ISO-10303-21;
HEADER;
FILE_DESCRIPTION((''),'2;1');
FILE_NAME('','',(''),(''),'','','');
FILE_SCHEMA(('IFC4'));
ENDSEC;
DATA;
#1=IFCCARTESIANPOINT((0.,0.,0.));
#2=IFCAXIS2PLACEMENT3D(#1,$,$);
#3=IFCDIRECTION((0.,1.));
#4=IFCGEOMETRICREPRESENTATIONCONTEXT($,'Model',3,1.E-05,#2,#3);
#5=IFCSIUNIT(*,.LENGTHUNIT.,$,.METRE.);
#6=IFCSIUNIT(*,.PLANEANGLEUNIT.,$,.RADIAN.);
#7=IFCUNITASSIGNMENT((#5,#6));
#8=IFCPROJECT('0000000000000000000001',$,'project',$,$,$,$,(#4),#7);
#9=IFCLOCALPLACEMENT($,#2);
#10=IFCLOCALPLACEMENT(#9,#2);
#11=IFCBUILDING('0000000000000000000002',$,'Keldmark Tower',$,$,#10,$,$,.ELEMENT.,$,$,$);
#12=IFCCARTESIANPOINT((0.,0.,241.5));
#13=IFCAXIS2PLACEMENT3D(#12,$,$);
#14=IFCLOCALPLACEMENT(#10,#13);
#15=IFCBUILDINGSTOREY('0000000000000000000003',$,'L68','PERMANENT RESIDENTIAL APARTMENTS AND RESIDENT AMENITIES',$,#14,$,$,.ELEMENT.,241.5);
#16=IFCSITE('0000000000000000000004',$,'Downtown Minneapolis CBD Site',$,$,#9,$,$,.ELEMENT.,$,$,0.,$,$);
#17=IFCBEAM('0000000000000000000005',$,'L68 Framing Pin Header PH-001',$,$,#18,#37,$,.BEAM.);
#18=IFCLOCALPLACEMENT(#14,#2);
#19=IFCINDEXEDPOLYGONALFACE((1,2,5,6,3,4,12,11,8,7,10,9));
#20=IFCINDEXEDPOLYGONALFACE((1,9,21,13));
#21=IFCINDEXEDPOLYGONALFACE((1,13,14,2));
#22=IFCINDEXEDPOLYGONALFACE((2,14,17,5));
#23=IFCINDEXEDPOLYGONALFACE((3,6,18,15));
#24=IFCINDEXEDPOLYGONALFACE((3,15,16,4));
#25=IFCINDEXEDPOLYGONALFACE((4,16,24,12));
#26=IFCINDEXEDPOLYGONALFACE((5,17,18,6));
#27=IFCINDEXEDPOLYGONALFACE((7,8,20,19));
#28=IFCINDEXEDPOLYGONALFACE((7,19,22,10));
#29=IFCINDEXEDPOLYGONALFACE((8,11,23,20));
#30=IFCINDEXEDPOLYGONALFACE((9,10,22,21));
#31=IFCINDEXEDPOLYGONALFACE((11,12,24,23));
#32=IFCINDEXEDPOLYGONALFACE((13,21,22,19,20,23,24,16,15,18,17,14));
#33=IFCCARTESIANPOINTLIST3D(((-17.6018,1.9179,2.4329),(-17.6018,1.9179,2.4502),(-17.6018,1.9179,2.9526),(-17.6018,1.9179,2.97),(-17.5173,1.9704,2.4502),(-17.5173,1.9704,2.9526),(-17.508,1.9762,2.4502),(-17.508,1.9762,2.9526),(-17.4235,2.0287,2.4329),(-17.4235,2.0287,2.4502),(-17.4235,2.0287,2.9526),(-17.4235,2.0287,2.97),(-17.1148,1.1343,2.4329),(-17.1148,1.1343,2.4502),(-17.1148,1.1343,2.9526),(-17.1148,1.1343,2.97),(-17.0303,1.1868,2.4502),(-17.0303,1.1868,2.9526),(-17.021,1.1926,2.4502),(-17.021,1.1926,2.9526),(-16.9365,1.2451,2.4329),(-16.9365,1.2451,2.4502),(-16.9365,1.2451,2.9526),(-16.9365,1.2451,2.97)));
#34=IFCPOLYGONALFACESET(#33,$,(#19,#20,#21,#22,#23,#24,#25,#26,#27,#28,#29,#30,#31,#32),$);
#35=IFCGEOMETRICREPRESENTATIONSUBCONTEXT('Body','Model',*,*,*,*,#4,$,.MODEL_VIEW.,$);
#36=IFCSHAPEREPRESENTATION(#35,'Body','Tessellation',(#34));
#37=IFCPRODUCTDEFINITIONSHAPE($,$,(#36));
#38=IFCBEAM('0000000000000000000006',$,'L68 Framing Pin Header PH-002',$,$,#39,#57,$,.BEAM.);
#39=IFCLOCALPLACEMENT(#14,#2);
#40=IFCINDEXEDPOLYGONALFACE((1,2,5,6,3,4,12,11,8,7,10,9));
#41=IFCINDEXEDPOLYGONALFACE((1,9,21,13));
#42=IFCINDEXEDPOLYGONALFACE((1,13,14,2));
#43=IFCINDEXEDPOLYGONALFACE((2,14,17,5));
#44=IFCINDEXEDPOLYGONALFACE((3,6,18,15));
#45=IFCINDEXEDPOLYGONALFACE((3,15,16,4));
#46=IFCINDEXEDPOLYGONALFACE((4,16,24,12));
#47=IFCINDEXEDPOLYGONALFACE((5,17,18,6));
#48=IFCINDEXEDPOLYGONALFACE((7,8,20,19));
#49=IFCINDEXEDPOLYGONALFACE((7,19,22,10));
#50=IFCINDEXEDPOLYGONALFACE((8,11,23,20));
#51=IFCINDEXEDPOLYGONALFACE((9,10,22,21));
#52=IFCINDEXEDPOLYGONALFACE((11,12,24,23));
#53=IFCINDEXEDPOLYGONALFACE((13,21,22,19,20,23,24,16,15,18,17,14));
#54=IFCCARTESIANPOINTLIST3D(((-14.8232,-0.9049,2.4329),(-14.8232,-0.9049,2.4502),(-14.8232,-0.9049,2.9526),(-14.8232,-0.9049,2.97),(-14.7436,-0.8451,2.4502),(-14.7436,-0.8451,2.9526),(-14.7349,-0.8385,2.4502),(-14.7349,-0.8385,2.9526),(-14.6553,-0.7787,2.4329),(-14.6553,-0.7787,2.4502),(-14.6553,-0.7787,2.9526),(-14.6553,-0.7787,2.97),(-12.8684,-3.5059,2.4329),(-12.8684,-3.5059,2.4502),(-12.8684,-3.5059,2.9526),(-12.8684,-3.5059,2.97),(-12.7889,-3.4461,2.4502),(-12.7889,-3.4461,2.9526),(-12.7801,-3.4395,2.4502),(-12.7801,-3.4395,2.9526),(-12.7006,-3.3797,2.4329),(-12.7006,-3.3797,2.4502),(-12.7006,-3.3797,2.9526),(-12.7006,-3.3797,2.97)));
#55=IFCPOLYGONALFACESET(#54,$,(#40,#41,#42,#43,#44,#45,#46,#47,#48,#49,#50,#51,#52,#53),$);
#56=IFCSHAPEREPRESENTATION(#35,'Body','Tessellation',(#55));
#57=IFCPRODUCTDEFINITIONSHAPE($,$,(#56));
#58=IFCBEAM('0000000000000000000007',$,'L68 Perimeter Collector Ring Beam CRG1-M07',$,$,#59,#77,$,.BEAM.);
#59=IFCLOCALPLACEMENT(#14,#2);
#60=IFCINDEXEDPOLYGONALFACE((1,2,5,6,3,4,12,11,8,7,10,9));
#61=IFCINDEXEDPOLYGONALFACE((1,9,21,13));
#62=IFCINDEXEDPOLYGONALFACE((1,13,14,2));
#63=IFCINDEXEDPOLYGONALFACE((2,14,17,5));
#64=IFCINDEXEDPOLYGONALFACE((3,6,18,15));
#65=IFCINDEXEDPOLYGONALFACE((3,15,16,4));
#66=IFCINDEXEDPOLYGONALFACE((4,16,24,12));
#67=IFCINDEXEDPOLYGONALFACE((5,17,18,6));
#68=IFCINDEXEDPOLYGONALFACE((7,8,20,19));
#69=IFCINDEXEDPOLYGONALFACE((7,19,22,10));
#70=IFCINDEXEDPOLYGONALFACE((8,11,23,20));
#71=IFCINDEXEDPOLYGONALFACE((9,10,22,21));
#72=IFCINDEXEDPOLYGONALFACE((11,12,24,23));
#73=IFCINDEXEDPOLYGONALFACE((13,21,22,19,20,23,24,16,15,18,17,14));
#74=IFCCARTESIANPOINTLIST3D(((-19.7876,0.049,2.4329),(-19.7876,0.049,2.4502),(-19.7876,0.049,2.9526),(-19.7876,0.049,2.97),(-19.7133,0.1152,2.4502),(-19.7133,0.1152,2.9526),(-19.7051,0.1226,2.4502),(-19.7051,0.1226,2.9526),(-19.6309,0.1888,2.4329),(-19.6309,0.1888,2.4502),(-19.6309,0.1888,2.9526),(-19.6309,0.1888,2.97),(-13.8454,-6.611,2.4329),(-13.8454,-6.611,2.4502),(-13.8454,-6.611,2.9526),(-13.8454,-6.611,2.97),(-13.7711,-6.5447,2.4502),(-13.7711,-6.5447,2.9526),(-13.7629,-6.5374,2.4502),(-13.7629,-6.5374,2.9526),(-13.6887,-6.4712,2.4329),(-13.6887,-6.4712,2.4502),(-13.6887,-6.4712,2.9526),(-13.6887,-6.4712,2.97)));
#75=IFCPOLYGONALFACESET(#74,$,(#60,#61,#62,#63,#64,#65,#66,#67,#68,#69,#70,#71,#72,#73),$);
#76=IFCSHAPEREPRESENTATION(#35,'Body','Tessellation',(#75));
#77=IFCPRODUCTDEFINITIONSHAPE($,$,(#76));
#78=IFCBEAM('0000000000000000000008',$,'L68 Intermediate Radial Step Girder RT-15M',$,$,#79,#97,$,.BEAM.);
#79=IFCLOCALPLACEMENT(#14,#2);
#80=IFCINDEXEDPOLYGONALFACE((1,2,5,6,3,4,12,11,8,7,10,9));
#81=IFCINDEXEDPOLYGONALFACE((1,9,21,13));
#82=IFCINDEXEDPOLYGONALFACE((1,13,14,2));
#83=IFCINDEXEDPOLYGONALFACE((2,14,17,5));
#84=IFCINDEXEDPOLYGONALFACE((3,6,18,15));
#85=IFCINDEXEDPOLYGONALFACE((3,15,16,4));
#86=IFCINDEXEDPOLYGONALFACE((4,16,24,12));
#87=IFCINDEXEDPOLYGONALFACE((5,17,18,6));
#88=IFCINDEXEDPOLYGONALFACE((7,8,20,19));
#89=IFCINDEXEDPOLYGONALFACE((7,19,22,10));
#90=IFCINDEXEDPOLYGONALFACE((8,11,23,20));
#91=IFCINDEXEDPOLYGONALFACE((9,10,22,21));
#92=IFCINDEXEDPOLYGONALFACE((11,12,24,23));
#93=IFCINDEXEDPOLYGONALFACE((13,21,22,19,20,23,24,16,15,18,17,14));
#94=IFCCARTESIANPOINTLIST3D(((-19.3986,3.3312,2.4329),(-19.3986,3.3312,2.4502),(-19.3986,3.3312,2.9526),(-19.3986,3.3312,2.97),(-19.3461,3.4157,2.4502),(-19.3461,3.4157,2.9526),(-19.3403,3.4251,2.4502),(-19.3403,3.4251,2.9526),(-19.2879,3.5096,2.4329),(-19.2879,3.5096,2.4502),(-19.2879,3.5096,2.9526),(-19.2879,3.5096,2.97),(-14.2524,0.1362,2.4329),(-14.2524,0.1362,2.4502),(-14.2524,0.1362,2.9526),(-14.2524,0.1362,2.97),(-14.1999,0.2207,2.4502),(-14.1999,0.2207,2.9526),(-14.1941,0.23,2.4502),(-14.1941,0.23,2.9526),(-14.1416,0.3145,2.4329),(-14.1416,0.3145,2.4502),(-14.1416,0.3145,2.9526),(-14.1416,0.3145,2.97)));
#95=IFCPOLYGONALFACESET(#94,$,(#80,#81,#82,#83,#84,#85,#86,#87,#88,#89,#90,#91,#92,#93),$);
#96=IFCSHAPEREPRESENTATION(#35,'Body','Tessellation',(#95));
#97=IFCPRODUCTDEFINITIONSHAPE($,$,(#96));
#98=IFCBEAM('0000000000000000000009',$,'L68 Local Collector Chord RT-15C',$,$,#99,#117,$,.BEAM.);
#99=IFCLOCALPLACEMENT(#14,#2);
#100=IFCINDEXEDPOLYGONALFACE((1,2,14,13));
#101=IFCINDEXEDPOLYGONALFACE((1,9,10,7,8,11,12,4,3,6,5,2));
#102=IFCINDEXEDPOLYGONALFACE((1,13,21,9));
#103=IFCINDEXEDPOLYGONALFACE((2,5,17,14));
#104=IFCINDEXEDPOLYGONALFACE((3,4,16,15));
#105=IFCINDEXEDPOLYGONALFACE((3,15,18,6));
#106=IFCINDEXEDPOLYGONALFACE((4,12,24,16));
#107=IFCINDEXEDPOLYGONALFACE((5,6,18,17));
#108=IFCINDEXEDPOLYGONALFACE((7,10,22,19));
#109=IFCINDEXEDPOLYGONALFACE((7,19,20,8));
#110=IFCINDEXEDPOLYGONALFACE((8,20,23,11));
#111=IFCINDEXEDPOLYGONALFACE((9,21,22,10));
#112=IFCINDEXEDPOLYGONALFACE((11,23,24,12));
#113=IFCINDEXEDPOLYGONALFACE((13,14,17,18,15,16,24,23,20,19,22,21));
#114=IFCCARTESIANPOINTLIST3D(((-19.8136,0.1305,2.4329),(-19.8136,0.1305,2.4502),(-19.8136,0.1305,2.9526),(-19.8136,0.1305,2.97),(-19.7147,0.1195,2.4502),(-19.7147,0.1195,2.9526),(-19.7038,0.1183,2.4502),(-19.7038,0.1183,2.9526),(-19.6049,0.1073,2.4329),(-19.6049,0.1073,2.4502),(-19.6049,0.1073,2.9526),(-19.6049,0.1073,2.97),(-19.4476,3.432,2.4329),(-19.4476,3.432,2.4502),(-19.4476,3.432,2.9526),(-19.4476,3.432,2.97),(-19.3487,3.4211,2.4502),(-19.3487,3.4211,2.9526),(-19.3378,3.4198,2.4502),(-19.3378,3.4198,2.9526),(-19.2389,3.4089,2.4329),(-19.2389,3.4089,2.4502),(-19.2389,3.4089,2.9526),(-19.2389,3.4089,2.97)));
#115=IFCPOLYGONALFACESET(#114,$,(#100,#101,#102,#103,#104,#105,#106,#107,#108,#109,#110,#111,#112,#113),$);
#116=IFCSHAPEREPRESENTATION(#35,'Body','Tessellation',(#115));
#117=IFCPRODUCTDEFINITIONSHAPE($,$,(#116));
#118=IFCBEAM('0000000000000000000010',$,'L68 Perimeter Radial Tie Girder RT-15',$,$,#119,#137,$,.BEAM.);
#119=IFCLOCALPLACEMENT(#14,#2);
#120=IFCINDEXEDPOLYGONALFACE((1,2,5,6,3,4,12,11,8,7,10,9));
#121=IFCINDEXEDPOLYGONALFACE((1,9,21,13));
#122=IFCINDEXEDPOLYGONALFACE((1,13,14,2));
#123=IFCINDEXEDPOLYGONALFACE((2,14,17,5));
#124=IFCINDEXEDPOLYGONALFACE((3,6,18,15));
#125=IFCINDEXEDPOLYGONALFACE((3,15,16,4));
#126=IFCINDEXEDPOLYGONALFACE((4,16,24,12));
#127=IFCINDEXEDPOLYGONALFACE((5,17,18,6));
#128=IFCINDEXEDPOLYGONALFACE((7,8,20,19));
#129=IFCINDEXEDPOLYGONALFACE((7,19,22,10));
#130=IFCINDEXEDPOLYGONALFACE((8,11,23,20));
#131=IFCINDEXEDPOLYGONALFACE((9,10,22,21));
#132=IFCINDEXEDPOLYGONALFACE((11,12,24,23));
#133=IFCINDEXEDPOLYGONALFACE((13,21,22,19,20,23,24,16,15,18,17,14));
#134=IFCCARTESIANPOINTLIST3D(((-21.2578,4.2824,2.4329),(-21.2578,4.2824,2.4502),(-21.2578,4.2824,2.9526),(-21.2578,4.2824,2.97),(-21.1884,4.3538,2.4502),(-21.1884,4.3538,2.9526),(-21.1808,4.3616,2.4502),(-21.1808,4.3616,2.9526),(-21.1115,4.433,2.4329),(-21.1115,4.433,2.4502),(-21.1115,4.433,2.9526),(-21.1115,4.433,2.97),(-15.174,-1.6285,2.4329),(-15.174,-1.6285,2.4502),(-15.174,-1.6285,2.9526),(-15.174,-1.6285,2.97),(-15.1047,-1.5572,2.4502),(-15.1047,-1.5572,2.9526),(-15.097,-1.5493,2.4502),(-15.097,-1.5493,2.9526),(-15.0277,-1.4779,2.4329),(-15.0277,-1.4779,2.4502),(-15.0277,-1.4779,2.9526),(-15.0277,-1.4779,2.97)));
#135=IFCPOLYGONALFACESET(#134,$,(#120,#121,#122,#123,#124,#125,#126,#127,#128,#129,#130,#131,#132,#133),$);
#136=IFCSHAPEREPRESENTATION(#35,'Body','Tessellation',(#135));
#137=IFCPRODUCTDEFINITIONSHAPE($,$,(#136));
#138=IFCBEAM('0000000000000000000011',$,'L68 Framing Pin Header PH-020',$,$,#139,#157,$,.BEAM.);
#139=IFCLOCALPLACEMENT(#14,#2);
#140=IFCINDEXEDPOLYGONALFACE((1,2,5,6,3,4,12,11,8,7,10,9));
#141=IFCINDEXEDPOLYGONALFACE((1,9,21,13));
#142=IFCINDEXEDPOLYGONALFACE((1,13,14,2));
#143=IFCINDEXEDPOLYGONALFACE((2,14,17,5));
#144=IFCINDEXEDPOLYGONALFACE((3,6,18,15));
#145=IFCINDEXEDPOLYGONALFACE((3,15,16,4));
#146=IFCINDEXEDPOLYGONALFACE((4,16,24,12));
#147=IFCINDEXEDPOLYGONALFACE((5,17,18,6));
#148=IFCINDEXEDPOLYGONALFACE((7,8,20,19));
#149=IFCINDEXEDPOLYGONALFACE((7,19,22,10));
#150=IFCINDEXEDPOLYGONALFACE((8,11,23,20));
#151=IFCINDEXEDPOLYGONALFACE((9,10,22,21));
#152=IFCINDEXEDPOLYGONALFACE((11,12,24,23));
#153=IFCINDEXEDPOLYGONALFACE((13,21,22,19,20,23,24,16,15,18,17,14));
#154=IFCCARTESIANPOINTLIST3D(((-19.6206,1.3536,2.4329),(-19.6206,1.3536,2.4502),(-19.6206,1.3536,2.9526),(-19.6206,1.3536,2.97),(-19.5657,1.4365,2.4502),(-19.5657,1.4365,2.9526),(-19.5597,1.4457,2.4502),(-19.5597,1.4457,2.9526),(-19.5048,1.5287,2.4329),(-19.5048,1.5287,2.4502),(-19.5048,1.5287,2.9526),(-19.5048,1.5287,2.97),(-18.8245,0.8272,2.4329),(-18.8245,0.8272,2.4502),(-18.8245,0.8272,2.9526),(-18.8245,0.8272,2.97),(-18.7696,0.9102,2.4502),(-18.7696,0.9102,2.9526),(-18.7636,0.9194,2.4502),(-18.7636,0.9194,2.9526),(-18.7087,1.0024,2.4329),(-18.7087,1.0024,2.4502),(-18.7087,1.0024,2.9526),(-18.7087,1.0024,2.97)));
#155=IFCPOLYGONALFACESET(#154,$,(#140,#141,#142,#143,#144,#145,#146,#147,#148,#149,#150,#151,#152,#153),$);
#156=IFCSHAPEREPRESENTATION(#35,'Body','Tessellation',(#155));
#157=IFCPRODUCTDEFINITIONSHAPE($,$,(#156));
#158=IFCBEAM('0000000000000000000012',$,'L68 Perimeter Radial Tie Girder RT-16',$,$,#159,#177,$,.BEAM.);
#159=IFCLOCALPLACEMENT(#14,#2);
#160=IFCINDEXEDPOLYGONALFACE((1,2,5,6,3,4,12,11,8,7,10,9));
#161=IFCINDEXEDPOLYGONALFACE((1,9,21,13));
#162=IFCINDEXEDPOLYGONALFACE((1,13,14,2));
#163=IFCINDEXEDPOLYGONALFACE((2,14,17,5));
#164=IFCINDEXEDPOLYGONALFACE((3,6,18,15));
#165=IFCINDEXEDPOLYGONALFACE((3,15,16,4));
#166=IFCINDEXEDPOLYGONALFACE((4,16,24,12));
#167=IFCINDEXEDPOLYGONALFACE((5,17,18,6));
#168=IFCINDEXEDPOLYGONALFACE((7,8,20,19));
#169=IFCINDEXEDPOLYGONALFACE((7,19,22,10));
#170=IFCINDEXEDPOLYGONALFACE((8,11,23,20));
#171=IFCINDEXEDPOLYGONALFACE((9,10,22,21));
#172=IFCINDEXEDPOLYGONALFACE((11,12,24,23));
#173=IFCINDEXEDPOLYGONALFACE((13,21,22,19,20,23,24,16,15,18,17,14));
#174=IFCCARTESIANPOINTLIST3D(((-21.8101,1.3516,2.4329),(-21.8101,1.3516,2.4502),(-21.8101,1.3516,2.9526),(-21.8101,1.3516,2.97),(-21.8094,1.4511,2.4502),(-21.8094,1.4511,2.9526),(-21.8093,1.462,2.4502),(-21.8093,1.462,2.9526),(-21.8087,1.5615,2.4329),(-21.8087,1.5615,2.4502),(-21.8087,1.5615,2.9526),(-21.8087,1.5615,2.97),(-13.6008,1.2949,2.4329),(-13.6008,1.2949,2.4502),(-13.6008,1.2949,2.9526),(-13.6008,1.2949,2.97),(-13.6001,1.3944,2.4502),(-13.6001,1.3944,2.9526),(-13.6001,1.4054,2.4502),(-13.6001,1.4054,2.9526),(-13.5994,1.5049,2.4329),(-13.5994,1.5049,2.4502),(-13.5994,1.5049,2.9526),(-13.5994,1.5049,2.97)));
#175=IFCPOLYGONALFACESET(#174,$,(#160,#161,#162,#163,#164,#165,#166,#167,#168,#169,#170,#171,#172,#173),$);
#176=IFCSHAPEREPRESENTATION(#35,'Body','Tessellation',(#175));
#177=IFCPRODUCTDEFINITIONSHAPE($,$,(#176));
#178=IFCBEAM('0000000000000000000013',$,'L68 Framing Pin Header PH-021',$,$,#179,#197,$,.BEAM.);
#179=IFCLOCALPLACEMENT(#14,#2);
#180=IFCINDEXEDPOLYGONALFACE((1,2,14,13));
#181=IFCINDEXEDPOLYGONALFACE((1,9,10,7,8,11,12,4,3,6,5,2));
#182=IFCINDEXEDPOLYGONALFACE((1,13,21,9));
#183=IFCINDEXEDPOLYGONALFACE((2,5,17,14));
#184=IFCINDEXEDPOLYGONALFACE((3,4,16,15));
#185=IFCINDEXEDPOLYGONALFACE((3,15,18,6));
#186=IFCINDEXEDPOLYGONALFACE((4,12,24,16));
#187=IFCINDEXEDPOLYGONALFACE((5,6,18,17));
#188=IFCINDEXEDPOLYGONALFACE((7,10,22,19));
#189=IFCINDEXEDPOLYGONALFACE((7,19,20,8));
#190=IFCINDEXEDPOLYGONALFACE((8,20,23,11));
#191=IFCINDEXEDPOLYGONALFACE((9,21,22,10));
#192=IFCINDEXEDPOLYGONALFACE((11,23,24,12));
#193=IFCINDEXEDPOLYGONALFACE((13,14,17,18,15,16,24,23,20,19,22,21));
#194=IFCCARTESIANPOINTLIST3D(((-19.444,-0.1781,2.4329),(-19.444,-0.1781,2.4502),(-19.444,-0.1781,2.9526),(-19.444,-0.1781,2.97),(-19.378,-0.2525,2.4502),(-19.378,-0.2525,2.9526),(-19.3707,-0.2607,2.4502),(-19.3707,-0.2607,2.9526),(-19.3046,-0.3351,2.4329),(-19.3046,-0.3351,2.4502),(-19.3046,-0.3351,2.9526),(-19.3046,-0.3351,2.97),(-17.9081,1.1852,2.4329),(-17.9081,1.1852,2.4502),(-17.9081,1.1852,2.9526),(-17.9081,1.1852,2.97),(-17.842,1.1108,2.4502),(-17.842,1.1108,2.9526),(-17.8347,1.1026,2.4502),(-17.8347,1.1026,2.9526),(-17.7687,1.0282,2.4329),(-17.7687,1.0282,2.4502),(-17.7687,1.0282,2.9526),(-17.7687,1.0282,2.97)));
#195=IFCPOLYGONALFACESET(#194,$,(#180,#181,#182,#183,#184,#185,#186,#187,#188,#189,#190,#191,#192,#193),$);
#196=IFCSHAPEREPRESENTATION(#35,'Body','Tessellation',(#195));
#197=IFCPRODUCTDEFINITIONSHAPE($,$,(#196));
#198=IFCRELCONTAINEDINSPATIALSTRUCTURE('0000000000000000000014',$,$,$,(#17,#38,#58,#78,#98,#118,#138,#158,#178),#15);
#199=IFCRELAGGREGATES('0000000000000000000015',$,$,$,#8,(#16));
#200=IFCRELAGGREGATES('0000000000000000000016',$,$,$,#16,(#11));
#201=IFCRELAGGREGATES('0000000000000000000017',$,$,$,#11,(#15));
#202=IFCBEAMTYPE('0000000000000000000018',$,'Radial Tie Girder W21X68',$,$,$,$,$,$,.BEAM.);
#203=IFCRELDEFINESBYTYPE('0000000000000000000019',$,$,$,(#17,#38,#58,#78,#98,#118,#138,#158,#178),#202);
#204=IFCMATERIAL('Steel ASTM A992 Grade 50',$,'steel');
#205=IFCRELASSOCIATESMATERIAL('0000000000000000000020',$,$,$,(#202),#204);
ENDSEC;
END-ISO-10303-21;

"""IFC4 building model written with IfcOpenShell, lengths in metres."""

from ifc_helpers import new_model, si_unit, direction, frame, origin, origin_2d, place, context, subcontext, project, spatial, i_section, extrude, material, material_profile, profile_set, type_object, element, save


model = new_model("IFC4")

# Units and contexts
model_context = context("Model", 3, precision=1e-05, world=origin(), true_north=direction((0.0, 1.0)))
body_context = subcontext(model_context, "Body", "Model", "MODEL_VIEW")
ifc_project = project(units=[si_unit("LENGTHUNIT", "METRE"), si_unit("PLANEANGLEUNIT", "RADIAN")], contexts=[model_context])

# Site, building, storey
site_placement = place(None, origin())
site = spatial("IfcSite", under=ifc_project, at=site_placement, Name="Downtown Minneapolis CBD Site", CompositionType="ELEMENT", RefElevation=0.0)
building_placement = place(site_placement, origin())
building = spatial("IfcBuilding", under=site, at=building_placement, Name="Keldmark Tower", CompositionType="ELEMENT")
storey_placement = place(building_placement, frame((0.0, 0.0, 241.5)))
storey = spatial("IfcBuildingStorey", under=building, at=storey_placement, Name="L68", Description="PERMANENT RESIDENTIAL APARTMENTS AND RESIDENT AMENITIES", CompositionType="ELEMENT", Elevation=241.5)

# Beams
ifc_material_1 = material(Name="Steel ASTM A992 Grade 50", Category="steel")
ifc_material_profile_1 = material_profile(ifc_material_1, i_section(OverallWidth=0.21, OverallDepth=0.5371, WebThickness=0.011, FlangeThickness=0.0173, at=origin_2d()), Name="W21X68")
ifc_profile_set_1 = profile_set([ifc_material_profile_1], Name="Steel ASTM A992 Grade 50")
beam_type_1 = type_object("IfcBeamType", Name="Radial Tie Girder W21X68", PredefinedType="BEAM", material=ifc_profile_set_1)
beam_1_placement = place(storey_placement, frame((-17.0256, 1.1897, 2.7014), z_axis=(-0.527857, 0.849333, 0.0), x_axis=(-0.849333, -0.527857, 0.0)))
element("IfcBeam", 1, at=beam_1_placement, inside=storey, type_object=beam_type_1, Name="L68 Framing Pin Header PH-001", PredefinedType="BEAM", context=body_context, shape_type="SweptSolid", body=[
    extrude(i_section(OverallWidth=0.21, OverallDepth=0.5371, WebThickness=0.011, FlangeThickness=0.0173, at=origin_2d()), origin(), (0.0, 0.0, 1.0), 0.9226),
])
beam_2_placement = place(storey_placement, frame((-14.7393, -0.8418, 2.7014), z_axis=(0.600792, -0.799405, 0.0), x_axis=(0.799405, 0.600792, 0.0)))
element("IfcBeam", 2, at=beam_2_placement, inside=storey, type_object=beam_type_1, Name="L68 Framing Pin Header PH-002", PredefinedType="BEAM", context=body_context, shape_type="SweptSolid", body=[
    extrude(i_section(OverallWidth=0.21, OverallDepth=0.5371, WebThickness=0.011, FlangeThickness=0.0173, at=origin_2d()), origin(), (0.0, 0.0, 1.0), 3.2537),
])
beam_3_placement = place(storey_placement, frame((-19.7092, 0.1189, 2.7014), z_axis=(0.665753, -0.746172, 0.0), x_axis=(0.746172, 0.665753, 0.0)))
element("IfcBeam", 3, at=beam_3_placement, inside=storey, type_object=beam_type_1, Name="L68 Perimeter Collector Ring Beam CRG1-M07", PredefinedType="BEAM", context=body_context, shape_type="SweptSolid", body=[
    extrude(i_section(OverallWidth=0.21, OverallDepth=0.5371, WebThickness=0.011, FlangeThickness=0.0173, at=origin_2d()), origin(), (0.0, 0.0, 1.0), 8.9255),
])
beam_4_placement = place(storey_placement, frame((-14.197, 0.2253, 2.7014), z_axis=(-0.849577, 0.527464, 0.0), x_axis=(-0.527464, -0.849577, 0.0)))
element("IfcBeam", 4, at=beam_4_placement, inside=storey, type_object=beam_type_1, Name="L68 Intermediate Radial Step Girder RT-15M", PredefinedType="BEAM", context=body_context, shape_type="SweptSolid", body=[
    extrude(i_section(OverallWidth=0.21, OverallDepth=0.5371, WebThickness=0.011, FlangeThickness=0.0173, at=origin_2d()), origin(), (0.0, 0.0, 1.0), 6.0574),
])
beam_5_placement = place(storey_placement, frame((-19.7092, 0.1189, 2.7014), z_axis=(0.110173, 0.993912, 0.0), x_axis=(-0.993912, 0.110173, 0.0)))
element("IfcBeam", 5, at=beam_5_placement, inside=storey, type_object=beam_type_1, Name="L68 Local Collector Chord RT-15C", PredefinedType="BEAM", context=body_context, shape_type="SweptSolid", body=[
    extrude(i_section(OverallWidth=0.21, OverallDepth=0.5371, WebThickness=0.011, FlangeThickness=0.0173, at=origin_2d()), origin(), (0.0, 0.0, 1.0), 3.3218),
])
beam_6_placement = place(storey_placement, frame((-15.1008, -1.5532, 2.7014), z_axis=(-0.717222, 0.696844, 0.0), x_axis=(-0.696844, -0.717222, 0.0)))
element("IfcBeam", 6, at=beam_6_placement, inside=storey, type_object=beam_type_1, Name="L68 Perimeter Radial Tie Girder RT-15", PredefinedType="BEAM", context=body_context, shape_type="SweptSolid", body=[
    extrude(i_section(OverallWidth=0.21, OverallDepth=0.5371, WebThickness=0.011, FlangeThickness=0.0173, at=origin_2d()), origin(), (0.0, 0.0, 1.0), 8.4824),
])
beam_7_placement = place(storey_placement, frame((-18.7666, 0.9148, 2.7014), z_axis=(-0.834169, 0.551508, 0.0), x_axis=(-0.551508, -0.834169, 0.0)))
element("IfcBeam", 7, at=beam_7_placement, inside=storey, type_object=beam_type_1, Name="L68 Framing Pin Header PH-020", PredefinedType="BEAM", context=body_context, shape_type="SweptSolid", body=[
    extrude(i_section(OverallWidth=0.21, OverallDepth=0.5371, WebThickness=0.011, FlangeThickness=0.0173, at=origin_2d()), origin(), (0.0, 0.0, 1.0), 0.9543),
])
beam_8_placement = place(storey_placement, frame((-13.6001, 1.3999, 2.7014), z_axis=(-0.999976, 0.006899, 0.0), x_axis=(-0.006899, -0.999976, 0.0)))
element("IfcBeam", 8, at=beam_8_placement, inside=storey, type_object=beam_type_1, Name="L68 Perimeter Radial Tie Girder RT-16", PredefinedType="BEAM", context=body_context, shape_type="SweptSolid", body=[
    extrude(i_section(OverallWidth=0.21, OverallDepth=0.5371, WebThickness=0.011, FlangeThickness=0.0173, at=origin_2d()), origin(), (0.0, 0.0, 1.0), 8.2095),
])
beam_9_placement = place(storey_placement, frame((-17.8384, 1.1067, 2.7014), z_axis=(-0.747881, -0.663832, 0.0), x_axis=(0.663832, -0.747881, 0.0)))
element("IfcBeam", 9, at=beam_9_placement, inside=storey, type_object=beam_type_1, Name="L68 Framing Pin Header PH-021", PredefinedType="BEAM", context=body_context, shape_type="SweptSolid", body=[
    extrude(i_section(OverallWidth=0.21, OverallDepth=0.5371, WebThickness=0.011, FlangeThickness=0.0173, at=origin_2d()), origin(), (0.0, 0.0, 1.0), 2.0537),
])

save(model, "model.ifc")
